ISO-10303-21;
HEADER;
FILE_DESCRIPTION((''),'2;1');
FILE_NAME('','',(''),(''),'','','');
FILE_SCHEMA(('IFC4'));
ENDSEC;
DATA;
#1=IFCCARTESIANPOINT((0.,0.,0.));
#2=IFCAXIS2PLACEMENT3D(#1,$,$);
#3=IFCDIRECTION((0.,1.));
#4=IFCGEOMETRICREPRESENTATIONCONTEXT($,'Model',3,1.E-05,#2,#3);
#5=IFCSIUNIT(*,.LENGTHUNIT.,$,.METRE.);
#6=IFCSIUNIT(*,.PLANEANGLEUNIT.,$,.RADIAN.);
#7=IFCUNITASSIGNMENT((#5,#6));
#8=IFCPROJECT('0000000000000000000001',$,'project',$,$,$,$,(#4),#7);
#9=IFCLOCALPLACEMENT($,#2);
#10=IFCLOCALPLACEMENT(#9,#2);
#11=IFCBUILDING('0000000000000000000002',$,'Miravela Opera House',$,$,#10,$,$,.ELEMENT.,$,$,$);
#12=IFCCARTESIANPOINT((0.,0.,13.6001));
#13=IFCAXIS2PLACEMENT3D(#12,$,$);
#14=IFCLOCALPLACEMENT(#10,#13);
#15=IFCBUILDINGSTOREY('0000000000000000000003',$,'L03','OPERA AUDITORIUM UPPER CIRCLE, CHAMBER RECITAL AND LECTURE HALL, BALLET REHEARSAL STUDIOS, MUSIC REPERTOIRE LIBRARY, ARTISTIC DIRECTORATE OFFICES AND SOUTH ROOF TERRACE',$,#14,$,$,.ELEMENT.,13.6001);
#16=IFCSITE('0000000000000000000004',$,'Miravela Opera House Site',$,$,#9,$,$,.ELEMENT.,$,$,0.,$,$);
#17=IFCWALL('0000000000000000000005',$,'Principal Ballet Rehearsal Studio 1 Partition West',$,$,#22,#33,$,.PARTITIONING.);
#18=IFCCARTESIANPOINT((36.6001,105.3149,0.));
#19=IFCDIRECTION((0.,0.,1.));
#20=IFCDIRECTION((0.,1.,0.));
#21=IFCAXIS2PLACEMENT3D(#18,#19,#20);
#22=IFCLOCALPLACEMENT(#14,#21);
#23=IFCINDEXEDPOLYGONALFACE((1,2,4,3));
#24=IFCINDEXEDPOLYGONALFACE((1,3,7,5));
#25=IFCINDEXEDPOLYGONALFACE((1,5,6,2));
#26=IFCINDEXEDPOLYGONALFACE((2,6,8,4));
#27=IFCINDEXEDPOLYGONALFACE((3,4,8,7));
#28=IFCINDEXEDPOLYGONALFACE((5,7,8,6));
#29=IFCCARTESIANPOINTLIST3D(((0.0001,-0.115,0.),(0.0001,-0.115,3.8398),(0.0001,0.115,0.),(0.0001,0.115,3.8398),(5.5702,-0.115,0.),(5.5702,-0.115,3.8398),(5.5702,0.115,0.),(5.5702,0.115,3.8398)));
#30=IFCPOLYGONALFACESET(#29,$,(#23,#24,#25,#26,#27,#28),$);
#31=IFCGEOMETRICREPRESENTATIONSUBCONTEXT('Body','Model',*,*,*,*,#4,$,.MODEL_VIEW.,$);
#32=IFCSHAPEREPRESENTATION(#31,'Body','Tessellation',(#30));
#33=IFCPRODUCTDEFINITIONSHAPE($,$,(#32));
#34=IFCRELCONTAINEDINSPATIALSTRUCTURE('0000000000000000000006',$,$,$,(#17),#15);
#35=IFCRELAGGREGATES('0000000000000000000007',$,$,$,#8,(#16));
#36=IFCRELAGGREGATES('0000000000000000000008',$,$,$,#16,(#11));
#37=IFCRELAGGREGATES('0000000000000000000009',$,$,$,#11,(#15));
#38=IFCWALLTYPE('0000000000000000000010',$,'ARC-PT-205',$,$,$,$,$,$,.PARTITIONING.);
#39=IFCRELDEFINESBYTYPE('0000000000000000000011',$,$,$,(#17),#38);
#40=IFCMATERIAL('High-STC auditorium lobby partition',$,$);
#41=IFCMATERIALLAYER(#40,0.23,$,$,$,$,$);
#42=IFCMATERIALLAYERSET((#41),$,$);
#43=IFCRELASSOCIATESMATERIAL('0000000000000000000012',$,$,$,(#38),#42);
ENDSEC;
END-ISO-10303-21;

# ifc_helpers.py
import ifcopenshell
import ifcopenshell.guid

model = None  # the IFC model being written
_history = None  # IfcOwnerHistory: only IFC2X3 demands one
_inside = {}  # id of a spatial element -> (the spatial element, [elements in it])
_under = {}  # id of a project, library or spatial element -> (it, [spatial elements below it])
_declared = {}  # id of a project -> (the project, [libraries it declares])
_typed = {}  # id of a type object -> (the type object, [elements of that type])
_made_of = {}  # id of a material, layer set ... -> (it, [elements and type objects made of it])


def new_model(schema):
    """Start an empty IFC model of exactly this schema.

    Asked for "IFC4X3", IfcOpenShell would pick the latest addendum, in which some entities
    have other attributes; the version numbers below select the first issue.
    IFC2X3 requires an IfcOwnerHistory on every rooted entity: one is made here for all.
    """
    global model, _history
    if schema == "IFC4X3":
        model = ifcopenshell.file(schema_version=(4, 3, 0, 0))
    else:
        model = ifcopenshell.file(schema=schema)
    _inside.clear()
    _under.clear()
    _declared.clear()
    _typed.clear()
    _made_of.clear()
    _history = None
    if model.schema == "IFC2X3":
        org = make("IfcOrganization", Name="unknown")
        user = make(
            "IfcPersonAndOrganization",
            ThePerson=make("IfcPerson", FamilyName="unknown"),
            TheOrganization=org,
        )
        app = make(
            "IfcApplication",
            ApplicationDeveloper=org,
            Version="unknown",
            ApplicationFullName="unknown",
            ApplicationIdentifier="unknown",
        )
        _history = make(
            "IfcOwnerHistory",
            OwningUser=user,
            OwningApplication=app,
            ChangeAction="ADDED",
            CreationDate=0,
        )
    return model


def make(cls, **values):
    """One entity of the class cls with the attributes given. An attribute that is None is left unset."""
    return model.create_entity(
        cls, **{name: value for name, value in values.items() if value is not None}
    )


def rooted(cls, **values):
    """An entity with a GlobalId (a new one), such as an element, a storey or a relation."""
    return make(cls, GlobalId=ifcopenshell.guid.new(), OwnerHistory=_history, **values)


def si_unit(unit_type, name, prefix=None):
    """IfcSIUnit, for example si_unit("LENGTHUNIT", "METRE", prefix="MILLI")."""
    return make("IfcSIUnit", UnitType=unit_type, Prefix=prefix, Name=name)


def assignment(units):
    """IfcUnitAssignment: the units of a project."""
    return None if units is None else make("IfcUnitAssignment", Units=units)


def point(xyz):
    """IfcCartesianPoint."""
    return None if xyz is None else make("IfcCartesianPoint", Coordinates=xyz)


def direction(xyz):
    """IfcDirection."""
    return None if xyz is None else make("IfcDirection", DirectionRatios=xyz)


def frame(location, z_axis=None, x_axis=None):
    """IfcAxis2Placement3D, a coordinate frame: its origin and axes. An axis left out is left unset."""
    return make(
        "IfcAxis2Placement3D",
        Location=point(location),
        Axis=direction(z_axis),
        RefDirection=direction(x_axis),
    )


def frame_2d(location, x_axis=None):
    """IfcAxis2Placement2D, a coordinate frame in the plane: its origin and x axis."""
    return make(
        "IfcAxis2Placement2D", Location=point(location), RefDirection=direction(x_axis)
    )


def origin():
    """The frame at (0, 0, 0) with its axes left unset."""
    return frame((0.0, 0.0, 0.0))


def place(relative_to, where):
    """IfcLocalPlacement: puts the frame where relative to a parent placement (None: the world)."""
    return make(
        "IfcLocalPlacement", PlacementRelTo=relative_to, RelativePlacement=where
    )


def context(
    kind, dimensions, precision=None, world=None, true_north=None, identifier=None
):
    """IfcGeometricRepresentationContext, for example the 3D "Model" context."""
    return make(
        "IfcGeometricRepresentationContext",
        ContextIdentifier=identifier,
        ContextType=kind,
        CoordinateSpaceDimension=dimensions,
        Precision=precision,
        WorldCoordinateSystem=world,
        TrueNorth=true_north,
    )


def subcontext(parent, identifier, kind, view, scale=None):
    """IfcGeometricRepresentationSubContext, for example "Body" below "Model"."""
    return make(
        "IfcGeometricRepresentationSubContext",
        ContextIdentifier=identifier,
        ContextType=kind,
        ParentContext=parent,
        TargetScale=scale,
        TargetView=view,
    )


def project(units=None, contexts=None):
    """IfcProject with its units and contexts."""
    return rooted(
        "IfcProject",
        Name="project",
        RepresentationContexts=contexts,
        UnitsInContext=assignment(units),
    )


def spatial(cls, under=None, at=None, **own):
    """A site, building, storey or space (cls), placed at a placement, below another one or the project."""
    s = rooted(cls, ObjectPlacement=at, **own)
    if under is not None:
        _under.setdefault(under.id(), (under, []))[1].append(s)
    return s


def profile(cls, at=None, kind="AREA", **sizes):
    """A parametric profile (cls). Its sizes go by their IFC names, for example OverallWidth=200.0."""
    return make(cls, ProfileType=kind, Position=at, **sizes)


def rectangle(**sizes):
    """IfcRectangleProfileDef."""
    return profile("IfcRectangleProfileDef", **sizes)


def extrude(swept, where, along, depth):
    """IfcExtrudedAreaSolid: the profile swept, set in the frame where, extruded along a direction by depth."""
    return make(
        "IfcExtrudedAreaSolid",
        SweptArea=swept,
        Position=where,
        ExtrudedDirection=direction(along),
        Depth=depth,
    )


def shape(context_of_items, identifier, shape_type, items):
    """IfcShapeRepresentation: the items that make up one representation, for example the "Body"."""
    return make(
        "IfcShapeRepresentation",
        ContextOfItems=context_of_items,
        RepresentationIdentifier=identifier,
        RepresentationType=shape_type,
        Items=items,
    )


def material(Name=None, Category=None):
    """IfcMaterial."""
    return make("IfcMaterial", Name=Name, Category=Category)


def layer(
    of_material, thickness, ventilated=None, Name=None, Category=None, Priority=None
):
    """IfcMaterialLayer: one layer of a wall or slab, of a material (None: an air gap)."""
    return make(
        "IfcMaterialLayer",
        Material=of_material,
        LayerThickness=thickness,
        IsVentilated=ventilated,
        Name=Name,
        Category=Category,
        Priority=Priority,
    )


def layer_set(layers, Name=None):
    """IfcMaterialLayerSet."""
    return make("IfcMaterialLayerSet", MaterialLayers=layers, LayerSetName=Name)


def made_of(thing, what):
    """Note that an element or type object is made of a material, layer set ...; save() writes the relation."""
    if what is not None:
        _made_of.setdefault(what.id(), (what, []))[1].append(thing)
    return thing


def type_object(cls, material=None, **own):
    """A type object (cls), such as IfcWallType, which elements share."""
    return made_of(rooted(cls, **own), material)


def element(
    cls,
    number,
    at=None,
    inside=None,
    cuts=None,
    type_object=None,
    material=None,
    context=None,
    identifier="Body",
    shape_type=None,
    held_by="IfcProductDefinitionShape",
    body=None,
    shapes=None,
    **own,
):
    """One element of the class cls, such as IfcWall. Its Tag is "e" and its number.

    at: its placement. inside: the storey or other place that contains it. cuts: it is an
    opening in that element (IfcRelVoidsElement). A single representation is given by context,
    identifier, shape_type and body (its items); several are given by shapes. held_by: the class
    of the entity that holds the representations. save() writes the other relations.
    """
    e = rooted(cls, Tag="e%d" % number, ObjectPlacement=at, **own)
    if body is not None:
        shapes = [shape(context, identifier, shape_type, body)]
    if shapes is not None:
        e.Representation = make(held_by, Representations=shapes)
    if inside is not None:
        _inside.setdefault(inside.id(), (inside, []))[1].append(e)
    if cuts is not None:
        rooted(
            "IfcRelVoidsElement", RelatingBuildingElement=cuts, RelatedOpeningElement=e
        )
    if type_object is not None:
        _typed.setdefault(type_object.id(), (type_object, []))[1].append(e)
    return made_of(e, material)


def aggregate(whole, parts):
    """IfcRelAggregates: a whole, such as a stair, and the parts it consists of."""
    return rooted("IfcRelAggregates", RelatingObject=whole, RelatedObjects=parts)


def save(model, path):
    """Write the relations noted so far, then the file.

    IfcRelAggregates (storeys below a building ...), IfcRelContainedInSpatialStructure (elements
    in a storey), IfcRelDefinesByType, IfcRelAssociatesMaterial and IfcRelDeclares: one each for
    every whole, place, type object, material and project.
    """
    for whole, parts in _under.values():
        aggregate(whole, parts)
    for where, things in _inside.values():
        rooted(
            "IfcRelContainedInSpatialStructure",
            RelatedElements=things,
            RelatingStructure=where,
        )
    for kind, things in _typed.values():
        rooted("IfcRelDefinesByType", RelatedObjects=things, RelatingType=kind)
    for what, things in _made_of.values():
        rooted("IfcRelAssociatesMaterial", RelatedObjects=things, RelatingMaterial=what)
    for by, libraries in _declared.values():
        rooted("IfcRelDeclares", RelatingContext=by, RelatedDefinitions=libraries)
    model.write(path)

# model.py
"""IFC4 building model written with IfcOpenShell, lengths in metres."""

from ifc_helpers import new_model, si_unit, direction, frame, frame_2d, origin, place, context, subcontext, project, spatial, rectangle, extrude, material, layer, layer_set, type_object, element, save


model = new_model("IFC4")

# Units and contexts
model_context = context("Model", 3, precision=1e-05, world=origin(), true_north=direction((0.0, 1.0)))
body_context = subcontext(model_context, "Body", "Model", "MODEL_VIEW")
ifc_project = project(units=[si_unit("LENGTHUNIT", "METRE"), si_unit("PLANEANGLEUNIT", "RADIAN")], contexts=[model_context])

# Site, building, storey
site_placement = place(None, origin())
site = spatial("IfcSite", under=ifc_project, at=site_placement, Name="Miravela Opera House Site", CompositionType="ELEMENT", RefElevation=0.0)
building_placement = place(site_placement, origin())
building = spatial("IfcBuilding", under=site, at=building_placement, Name="Miravela Opera House", CompositionType="ELEMENT")
storey_placement = place(building_placement, frame((0.0, 0.0, 13.6001)))
storey = spatial("IfcBuildingStorey", under=building, at=storey_placement, Name="L03", Description="OPERA AUDITORIUM UPPER CIRCLE, CHAMBER RECITAL AND LECTURE HALL, BALLET REHEARSAL STUDIOS, MUSIC REPERTOIRE LIBRARY, ARTISTIC DIRECTORATE OFFICES AND SOUTH ROOF TERRACE", CompositionType="ELEMENT", Elevation=13.6001)

# Shared definitions
ifc_material_1 = material(Name="High-STC auditorium lobby partition")
ifc_layer_1 = layer(ifc_material_1, 0.23)
ifc_layer_set_1 = layer_set([ifc_layer_1])
wall_type_1 = type_object("IfcWallType", Name="ARC-PT-205", PredefinedType="PARTITIONING", material=ifc_layer_set_1)

# Wall
wall_1_placement = place(storey_placement, frame((36.6001, 105.3149, 0.0), z_axis=(0.0, 0.0, 1.0), x_axis=(0.0, 1.0, 0.0)))
element("IfcWall", 1, at=wall_1_placement, inside=storey, type_object=wall_type_1, Name="Principal Ballet Rehearsal Studio 1 Partition West", PredefinedType="PARTITIONING", context=body_context, shape_type="SweptSolid", body=[
    extrude(rectangle(XDim=5.5701, YDim=0.23, at=frame_2d((2.7852, 0.0))), origin(), (0.0, 0.0, 1.0), 3.8398),
])

save(model, "model.ifc")
